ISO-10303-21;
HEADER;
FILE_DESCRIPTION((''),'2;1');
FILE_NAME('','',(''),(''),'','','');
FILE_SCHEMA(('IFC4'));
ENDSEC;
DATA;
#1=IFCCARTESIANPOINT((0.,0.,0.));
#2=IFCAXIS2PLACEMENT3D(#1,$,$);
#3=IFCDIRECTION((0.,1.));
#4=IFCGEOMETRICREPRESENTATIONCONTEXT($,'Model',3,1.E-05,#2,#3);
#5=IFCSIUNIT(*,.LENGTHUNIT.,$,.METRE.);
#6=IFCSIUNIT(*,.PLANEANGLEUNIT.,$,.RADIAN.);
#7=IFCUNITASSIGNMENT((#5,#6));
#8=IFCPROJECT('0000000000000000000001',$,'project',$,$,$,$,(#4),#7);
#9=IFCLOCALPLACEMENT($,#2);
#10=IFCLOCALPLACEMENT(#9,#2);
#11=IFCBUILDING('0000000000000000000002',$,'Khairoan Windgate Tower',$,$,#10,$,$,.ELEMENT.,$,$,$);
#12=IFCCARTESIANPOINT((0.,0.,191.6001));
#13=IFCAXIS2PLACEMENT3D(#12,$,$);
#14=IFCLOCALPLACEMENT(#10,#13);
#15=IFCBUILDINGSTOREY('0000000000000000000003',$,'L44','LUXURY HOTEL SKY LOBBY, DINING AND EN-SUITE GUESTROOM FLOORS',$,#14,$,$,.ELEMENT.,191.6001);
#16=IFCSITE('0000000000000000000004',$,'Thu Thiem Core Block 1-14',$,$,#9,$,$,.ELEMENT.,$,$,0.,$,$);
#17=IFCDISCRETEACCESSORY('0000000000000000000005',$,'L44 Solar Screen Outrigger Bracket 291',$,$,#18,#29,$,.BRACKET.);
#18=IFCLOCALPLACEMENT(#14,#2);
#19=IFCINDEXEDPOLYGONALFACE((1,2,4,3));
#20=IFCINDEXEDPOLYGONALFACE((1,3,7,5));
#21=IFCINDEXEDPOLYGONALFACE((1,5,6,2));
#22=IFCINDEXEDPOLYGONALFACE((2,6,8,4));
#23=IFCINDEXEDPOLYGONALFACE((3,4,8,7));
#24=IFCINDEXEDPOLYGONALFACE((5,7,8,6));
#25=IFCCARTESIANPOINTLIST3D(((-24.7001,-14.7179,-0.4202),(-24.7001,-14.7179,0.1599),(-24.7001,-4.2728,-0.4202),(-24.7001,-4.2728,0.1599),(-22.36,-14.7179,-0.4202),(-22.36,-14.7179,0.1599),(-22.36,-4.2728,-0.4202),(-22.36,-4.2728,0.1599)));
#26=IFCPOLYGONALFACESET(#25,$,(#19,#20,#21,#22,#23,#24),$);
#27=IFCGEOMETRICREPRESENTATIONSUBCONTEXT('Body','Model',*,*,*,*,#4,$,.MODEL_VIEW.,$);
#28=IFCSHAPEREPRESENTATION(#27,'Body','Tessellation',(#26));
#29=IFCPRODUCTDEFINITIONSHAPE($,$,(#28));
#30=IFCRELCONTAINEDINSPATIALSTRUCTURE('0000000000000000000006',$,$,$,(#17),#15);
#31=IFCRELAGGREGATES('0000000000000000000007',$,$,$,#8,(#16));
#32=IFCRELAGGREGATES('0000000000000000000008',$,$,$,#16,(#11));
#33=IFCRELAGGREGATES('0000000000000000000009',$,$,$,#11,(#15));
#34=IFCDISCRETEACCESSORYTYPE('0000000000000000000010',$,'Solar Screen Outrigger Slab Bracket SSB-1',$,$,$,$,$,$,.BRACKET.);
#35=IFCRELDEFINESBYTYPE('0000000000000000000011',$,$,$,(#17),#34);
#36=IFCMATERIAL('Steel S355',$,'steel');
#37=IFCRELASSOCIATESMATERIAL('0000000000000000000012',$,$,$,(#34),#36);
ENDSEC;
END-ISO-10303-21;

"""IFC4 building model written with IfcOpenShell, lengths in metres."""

from ifc_helpers import new_model, si_unit, direction, frame, origin, origin_2d, place, context, subcontext, project, spatial, rectangle, extrude, material, type_object, element, save


model = new_model("IFC4")

# Units and contexts
model_context = context("Model", 3, precision=1e-05, world=origin(), true_north=direction((0.0, 1.0)))
body_context = subcontext(model_context, "Body", "Model", "MODEL_VIEW")
ifc_project = project(units=[si_unit("LENGTHUNIT", "METRE"), si_unit("PLANEANGLEUNIT", "RADIAN")], contexts=[model_context])

# Site, building, storey
site_placement = place(None, origin())
site = spatial("IfcSite", under=ifc_project, at=site_placement, Name="Thu Thiem Core Block 1-14", CompositionType="ELEMENT", RefElevation=0.0)
building_placement = place(site_placement, origin())
building = spatial("IfcBuilding", under=site, at=building_placement, Name="Khairoan Windgate Tower", CompositionType="ELEMENT")
storey_placement = place(building_placement, frame((0.0, 0.0, 191.6001)))
storey = spatial("IfcBuildingStorey", under=building, at=storey_placement, Name="L44", Description="LUXURY HOTEL SKY LOBBY, DINING AND EN-SUITE GUESTROOM FLOORS", CompositionType="ELEMENT", Elevation=191.6001)

# Discrete accessory
ifc_material_1 = material(Name="Steel S355", Category="steel")
discrete_accessory_type = type_object("IfcDiscreteAccessoryType", Name="Solar Screen Outrigger Slab Bracket SSB-1", PredefinedType="BRACKET", material=ifc_material_1)
discrete_accessory_placement = place(storey_placement, frame((-23.53, -9.4954, -0.4202), z_axis=(0.0, 0.0, 1.0), x_axis=(0.0, 1.0, 0.0)))
element("IfcDiscreteAccessory", 1, at=discrete_accessory_placement, inside=storey, type_object=discrete_accessory_type, Name="L44 Solar Screen Outrigger Bracket 291", PredefinedType="BRACKET", context=body_context, shape_type="SweptSolid", body=[
    extrude(rectangle(XDim=10.4451, YDim=2.3401, at=origin_2d()), origin(), (0.0, 0.0, 1.0), 0.5801),
])

save(model, "model.ifc")
